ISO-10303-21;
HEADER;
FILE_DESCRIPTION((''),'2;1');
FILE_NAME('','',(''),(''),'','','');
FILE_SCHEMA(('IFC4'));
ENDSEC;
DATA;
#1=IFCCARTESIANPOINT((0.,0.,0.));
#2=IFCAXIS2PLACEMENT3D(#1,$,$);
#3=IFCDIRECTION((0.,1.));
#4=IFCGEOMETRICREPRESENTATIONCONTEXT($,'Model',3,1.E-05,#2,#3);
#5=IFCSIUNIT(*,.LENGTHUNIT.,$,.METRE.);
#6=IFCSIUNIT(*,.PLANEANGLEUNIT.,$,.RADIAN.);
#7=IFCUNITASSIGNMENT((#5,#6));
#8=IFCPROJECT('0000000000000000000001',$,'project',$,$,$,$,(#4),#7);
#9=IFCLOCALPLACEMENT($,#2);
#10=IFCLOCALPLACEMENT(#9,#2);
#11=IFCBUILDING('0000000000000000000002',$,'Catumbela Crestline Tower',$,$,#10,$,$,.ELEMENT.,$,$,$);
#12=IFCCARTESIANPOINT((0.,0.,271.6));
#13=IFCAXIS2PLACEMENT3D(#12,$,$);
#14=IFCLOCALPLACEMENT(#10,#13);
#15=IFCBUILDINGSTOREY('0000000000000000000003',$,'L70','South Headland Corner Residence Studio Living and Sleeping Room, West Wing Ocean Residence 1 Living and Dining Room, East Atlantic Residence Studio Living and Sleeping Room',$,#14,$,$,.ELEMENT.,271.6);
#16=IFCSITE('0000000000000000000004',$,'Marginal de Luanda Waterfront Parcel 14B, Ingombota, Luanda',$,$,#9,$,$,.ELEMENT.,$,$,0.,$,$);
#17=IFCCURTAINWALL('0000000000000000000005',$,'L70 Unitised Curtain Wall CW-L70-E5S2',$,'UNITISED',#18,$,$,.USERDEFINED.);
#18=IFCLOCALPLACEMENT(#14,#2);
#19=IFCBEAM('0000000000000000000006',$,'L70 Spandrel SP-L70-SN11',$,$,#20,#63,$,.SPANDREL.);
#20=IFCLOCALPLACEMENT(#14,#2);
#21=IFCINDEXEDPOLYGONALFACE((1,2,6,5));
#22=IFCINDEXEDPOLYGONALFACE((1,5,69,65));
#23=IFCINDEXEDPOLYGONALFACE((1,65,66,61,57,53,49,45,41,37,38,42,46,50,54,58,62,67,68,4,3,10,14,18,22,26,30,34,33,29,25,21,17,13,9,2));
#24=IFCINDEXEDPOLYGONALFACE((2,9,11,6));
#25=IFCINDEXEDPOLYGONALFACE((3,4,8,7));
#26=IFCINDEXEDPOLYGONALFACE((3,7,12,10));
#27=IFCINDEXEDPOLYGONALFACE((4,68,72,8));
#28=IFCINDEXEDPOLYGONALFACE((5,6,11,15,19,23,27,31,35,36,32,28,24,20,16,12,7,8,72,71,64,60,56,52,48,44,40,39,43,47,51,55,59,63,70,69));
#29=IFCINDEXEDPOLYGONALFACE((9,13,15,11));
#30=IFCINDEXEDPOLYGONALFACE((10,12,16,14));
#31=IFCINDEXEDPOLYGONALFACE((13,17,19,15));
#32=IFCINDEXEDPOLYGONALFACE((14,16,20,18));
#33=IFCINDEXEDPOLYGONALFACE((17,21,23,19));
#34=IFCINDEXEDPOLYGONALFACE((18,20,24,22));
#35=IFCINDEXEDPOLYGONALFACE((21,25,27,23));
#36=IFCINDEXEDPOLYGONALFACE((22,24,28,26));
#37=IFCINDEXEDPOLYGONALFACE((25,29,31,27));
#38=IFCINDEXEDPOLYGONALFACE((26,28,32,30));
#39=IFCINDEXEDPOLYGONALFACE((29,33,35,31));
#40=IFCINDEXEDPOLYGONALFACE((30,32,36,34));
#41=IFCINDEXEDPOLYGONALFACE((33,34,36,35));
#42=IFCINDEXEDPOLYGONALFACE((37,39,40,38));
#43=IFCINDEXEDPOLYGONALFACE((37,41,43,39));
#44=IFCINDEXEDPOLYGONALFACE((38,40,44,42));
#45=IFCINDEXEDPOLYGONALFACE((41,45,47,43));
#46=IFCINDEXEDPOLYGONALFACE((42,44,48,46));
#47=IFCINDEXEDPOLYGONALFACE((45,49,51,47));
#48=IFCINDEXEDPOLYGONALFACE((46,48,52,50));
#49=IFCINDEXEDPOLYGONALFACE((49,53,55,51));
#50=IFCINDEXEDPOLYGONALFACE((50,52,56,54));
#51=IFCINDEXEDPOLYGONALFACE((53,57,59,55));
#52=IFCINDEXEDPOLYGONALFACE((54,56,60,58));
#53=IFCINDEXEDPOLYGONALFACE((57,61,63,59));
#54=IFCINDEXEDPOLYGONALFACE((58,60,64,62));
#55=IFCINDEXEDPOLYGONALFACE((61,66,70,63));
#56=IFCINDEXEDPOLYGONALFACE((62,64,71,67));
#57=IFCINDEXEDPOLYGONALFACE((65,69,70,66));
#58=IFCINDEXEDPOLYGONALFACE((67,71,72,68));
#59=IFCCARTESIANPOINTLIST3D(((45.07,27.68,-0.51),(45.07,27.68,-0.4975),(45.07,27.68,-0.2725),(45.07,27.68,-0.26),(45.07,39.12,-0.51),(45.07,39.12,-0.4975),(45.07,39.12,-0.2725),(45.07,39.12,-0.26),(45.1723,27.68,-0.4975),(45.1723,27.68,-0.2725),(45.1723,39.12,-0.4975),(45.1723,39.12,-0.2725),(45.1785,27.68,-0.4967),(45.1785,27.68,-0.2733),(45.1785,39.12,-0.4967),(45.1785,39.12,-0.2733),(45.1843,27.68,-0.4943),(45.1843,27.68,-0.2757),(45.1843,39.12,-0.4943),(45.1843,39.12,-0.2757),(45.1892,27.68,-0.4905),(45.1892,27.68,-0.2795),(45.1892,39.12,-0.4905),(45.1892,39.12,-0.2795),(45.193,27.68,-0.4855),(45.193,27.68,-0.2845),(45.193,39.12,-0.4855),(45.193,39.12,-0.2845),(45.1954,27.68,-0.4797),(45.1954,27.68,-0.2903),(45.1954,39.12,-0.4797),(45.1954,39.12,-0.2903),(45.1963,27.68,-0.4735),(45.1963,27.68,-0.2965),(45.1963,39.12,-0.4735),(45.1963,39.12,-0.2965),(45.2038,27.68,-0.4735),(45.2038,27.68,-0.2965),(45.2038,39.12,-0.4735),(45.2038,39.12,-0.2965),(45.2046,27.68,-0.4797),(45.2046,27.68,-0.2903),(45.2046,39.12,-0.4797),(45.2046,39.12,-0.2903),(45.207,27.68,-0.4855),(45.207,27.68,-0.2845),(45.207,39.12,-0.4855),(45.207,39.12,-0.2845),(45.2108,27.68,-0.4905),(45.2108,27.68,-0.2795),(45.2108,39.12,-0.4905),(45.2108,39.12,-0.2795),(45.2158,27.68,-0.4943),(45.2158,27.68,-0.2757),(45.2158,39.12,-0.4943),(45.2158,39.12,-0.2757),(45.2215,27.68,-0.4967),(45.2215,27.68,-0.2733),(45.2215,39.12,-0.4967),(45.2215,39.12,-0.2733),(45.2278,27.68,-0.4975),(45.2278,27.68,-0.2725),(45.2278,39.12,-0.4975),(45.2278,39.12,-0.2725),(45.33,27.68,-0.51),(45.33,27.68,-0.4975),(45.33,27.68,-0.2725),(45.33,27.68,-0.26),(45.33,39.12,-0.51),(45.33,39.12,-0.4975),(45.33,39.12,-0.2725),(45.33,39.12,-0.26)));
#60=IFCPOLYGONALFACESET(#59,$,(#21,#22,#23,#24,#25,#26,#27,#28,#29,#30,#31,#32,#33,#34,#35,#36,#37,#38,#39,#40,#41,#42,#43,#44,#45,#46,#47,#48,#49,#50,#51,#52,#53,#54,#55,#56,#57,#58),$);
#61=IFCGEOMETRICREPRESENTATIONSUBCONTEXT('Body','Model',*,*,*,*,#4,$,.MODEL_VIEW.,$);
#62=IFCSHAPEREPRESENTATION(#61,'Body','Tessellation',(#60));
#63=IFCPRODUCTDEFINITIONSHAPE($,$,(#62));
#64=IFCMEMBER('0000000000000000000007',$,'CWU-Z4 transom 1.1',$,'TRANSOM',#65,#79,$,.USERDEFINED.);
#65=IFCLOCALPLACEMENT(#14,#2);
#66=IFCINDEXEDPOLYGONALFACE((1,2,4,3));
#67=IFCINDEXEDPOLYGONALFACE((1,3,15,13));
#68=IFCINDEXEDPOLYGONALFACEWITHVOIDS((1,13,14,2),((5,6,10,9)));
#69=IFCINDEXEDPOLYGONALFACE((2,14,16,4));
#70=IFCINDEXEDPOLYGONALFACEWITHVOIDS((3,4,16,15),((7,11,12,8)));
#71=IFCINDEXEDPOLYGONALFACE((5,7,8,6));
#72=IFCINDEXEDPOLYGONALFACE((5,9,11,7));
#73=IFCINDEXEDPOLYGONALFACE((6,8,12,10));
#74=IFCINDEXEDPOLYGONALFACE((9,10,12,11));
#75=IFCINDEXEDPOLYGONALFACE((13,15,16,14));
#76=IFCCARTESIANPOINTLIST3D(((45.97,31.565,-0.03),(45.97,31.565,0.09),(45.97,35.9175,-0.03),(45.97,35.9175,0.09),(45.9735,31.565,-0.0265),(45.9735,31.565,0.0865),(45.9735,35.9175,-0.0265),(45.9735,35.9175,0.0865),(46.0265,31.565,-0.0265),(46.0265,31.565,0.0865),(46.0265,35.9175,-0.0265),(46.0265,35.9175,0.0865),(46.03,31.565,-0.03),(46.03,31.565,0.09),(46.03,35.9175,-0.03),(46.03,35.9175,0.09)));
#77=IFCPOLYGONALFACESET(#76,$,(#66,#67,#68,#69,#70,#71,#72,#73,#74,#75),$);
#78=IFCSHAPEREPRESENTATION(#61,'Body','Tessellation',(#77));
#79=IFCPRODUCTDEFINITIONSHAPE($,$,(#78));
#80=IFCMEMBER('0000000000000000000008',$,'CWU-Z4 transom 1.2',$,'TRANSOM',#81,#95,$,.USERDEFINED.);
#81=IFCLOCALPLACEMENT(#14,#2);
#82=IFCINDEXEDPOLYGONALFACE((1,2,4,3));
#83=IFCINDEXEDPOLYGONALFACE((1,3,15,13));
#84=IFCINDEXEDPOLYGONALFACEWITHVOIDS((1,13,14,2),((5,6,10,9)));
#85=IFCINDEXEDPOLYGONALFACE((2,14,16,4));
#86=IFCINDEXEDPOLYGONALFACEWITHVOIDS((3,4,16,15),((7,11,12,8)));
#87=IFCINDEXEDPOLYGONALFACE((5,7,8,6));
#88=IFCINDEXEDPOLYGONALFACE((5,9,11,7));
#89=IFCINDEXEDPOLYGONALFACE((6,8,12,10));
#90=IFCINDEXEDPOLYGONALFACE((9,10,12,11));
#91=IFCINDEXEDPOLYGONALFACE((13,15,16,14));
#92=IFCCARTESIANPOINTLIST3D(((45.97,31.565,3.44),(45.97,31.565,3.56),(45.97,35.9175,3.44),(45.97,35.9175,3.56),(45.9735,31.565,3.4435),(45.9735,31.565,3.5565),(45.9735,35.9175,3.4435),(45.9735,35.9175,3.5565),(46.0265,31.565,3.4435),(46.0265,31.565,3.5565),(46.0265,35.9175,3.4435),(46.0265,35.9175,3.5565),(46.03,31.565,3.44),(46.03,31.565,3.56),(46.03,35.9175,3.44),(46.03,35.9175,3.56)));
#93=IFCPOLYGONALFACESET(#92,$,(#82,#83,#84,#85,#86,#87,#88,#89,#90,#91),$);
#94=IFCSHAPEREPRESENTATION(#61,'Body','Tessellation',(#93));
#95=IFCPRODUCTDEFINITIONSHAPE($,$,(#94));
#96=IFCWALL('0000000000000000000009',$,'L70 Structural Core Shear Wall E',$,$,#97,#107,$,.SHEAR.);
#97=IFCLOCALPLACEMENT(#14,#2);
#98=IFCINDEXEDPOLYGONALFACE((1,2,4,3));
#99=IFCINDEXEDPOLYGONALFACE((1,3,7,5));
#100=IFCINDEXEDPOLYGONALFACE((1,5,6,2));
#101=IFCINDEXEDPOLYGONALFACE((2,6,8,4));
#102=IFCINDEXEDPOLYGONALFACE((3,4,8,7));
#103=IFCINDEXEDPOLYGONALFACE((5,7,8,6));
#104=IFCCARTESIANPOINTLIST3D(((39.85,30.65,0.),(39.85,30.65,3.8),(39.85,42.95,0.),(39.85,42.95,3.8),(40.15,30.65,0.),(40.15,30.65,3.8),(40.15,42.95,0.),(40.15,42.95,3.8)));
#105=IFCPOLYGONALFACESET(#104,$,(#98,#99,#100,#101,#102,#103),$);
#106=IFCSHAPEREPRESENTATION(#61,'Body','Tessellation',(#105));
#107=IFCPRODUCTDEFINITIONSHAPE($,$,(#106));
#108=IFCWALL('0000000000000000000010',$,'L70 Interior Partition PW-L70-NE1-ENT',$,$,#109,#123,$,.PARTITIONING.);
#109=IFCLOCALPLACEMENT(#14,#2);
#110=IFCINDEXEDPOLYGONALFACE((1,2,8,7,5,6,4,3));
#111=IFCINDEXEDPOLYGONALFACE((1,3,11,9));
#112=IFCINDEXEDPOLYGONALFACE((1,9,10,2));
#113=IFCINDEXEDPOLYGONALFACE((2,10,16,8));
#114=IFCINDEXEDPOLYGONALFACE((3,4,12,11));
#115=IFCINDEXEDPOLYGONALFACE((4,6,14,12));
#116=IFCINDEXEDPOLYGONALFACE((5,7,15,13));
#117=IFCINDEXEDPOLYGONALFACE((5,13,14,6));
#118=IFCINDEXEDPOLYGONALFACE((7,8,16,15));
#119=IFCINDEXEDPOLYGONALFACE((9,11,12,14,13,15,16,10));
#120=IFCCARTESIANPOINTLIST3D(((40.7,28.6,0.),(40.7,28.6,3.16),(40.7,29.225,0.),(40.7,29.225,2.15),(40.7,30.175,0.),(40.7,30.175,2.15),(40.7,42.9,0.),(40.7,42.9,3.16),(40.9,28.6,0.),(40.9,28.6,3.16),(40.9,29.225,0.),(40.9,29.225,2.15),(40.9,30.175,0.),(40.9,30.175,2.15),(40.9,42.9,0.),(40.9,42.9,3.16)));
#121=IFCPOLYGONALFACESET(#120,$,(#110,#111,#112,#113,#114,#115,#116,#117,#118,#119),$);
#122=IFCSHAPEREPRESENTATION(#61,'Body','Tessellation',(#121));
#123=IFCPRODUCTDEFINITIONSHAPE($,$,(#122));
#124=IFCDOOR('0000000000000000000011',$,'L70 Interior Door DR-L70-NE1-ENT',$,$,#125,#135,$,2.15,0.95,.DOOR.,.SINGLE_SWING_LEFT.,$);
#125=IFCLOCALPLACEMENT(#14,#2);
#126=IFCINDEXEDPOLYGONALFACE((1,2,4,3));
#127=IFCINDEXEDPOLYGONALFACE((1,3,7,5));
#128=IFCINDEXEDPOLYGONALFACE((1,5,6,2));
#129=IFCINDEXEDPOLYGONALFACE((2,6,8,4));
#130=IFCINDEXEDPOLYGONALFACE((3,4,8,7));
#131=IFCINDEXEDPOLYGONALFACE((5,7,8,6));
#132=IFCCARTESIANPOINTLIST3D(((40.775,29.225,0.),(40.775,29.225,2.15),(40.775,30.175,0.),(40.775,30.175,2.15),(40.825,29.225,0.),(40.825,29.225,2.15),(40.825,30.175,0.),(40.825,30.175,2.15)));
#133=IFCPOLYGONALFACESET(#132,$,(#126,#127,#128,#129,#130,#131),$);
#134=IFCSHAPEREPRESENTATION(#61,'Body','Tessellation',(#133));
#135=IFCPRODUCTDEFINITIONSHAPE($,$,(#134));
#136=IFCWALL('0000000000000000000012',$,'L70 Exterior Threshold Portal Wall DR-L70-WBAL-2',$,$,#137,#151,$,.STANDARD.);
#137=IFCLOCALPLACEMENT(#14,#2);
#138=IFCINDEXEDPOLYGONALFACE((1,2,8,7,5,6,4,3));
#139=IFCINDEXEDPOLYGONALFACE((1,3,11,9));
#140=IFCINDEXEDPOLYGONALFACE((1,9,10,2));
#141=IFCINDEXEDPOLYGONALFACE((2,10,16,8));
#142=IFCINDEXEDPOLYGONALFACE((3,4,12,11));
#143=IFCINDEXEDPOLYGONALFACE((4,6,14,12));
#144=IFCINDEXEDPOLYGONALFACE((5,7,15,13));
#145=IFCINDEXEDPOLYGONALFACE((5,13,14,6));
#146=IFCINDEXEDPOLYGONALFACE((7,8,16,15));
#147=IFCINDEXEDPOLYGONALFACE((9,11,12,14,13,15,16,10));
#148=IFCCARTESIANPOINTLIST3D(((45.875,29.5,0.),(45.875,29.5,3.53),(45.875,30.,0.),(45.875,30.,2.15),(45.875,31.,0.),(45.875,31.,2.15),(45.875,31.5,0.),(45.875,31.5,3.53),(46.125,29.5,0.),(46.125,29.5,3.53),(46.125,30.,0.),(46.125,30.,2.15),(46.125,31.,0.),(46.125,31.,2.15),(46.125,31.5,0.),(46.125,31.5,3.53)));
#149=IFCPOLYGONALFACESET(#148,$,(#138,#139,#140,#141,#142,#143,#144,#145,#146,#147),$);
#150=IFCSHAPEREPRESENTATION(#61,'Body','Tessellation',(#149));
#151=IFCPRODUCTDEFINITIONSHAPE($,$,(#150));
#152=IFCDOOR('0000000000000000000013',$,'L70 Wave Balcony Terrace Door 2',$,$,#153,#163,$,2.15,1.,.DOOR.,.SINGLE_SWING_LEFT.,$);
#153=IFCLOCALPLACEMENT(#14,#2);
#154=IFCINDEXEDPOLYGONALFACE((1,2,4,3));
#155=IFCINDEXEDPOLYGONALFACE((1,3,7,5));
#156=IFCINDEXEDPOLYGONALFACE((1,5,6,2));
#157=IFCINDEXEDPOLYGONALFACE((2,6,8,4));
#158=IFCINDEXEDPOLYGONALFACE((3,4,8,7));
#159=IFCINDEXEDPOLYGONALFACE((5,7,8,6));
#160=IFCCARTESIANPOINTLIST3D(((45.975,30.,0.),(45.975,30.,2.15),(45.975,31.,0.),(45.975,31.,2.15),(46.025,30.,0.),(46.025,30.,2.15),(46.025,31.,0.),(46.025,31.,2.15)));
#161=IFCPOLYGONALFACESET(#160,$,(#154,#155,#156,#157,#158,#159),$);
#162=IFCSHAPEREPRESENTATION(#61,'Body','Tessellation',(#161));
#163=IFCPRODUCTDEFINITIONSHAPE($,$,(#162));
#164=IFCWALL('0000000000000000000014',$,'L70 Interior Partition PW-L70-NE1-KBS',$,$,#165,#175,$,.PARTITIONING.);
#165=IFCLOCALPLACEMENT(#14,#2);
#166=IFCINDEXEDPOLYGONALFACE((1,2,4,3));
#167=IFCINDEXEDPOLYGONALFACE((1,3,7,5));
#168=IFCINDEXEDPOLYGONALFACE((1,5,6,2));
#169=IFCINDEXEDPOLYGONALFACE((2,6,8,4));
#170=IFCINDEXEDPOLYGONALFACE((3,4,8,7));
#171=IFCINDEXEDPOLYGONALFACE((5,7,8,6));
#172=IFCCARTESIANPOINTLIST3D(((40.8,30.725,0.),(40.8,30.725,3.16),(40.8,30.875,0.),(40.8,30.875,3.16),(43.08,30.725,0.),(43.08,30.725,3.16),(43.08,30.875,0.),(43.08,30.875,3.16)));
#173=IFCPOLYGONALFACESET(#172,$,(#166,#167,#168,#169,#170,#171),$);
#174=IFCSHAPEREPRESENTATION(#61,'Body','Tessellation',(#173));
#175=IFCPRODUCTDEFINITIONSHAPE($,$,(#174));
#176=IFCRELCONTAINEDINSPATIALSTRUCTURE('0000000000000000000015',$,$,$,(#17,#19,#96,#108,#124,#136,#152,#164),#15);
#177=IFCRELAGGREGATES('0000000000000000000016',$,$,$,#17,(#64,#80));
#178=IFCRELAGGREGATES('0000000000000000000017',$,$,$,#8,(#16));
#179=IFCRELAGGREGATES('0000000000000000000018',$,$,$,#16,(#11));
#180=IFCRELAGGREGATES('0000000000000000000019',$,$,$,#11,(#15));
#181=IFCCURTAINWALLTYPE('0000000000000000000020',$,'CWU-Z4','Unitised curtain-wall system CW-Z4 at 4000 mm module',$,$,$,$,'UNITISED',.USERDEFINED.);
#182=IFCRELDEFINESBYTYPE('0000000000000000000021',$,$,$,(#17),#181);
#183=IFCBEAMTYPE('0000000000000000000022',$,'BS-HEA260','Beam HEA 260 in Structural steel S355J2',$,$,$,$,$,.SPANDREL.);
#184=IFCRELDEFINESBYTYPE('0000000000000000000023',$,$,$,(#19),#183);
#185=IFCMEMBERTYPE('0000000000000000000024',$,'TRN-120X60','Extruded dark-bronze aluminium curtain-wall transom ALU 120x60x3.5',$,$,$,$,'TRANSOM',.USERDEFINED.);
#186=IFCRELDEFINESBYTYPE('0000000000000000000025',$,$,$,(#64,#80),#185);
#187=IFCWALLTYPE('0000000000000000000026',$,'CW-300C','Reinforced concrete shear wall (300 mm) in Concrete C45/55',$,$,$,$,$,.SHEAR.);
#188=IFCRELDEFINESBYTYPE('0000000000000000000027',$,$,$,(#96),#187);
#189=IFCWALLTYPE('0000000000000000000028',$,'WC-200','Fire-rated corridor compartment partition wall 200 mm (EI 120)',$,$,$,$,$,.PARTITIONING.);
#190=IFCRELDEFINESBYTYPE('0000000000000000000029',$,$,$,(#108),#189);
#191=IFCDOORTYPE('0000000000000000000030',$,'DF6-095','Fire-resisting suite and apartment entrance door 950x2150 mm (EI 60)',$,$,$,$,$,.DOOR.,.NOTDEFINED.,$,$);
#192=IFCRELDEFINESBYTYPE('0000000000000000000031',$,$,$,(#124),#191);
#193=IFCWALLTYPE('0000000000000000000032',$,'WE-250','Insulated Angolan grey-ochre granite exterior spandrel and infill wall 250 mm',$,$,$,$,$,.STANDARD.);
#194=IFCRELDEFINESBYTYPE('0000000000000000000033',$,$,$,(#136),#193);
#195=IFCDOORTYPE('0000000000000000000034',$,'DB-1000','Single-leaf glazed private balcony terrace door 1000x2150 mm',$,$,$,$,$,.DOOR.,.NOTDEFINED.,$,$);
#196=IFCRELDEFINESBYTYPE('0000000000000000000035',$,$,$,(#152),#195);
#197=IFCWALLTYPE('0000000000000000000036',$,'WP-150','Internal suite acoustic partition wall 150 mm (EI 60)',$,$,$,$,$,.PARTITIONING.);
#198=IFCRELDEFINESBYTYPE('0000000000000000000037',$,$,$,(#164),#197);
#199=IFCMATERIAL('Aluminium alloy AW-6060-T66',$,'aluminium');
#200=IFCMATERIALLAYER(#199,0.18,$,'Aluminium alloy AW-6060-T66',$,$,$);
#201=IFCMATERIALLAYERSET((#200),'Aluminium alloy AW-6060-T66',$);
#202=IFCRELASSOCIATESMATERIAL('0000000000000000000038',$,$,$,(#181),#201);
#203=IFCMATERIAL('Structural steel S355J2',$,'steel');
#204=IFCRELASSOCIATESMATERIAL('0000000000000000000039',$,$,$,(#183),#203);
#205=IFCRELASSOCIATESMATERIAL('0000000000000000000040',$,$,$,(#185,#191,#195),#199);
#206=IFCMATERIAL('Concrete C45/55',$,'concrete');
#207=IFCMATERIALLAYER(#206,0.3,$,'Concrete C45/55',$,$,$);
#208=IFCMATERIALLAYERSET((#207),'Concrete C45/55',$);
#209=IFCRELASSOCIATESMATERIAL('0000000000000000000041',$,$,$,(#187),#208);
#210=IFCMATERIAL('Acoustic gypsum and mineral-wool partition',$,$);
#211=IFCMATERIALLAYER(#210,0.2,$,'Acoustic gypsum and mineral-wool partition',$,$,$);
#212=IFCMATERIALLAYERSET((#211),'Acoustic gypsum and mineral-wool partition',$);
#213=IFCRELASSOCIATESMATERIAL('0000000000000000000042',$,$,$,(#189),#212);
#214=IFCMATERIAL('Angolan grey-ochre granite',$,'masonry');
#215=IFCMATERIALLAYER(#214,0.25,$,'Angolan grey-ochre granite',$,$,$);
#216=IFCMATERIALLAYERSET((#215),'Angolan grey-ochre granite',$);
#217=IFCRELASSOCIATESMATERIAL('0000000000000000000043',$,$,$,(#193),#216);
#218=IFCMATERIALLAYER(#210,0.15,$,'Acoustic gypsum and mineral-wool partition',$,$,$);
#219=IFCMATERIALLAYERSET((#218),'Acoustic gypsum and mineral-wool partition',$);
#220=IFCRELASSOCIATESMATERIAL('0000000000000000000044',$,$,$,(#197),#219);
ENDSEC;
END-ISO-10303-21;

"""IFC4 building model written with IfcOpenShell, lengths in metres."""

from ifc_helpers import new_model, si_unit, direction, frame, frame_2d, origin, origin_2d, place, context, subcontext, project, spatial, rectangle, hollow_rectangle, i_section, extrude, material, layer, layer_set, material_profile, profile_set, type_object, element, fill, aggregate, save


model = new_model("IFC4")

# Units and contexts
model_context = context("Model", 3, precision=1e-05, world=origin(), true_north=direction((0.0, 1.0)))
body_context = subcontext(model_context, "Body", "Model", "MODEL_VIEW")
ifc_project = project(units=[si_unit("LENGTHUNIT", "METRE"), si_unit("PLANEANGLEUNIT", "RADIAN")], contexts=[model_context])

# Site, building, storey
site_placement = place(None, origin())
site = spatial("IfcSite", under=ifc_project, at=site_placement, Name="Marginal de Luanda Waterfront Parcel 14B, Ingombota, Luanda", CompositionType="ELEMENT", RefElevation=0.0)
building_placement = place(site_placement, origin())
building = spatial("IfcBuilding", under=site, at=building_placement, Name="Catumbela Crestline Tower", CompositionType="ELEMENT")
storey_placement = place(building_placement, frame((0.0, 0.0, 271.6)))
storey = spatial("IfcBuildingStorey", under=building, at=storey_placement, Name="L70", Description="South Headland Corner Residence Studio Living and Sleeping Room, West Wing Ocean Residence 1 Living and Dining Room, East Atlantic Residence Studio Living and Sleeping Room", CompositionType="ELEMENT", Elevation=271.6)

# Shared definitions
ifc_material_1 = material(Name="Concrete C45/55", Category="concrete")
ifc_material_2 = material(Name="Structural steel S355J2", Category="steel")

# Curtain wall
ifc_material_3 = material(Name="Aluminium alloy AW-6060-T66", Category="aluminium")
ifc_layer_1 = layer(ifc_material_3, 0.18, Name="Aluminium alloy AW-6060-T66")
ifc_layer_set_1 = layer_set([ifc_layer_1], Name="Aluminium alloy AW-6060-T66")
curtain_wall_type = type_object("IfcCurtainWallType", Name="CWU-Z4", Description="Unitised curtain-wall system CW-Z4 at 4000 mm module", ElementType="UNITISED", PredefinedType="USERDEFINED", material=ifc_layer_set_1)
curtain_wall_placement = place(storey_placement, origin())
curtain_wall = element("IfcCurtainWall", 1, at=curtain_wall_placement, inside=storey, type_object=curtain_wall_type, Name="L70 Unitised Curtain Wall CW-L70-E5S2", ObjectType="UNITISED", PredefinedType="USERDEFINED")

# Beam
ifc_material_profile_1 = material_profile(ifc_material_2, i_section(OverallWidth=0.26, OverallDepth=0.25, WebThickness=0.0075, FlangeThickness=0.0125, FilletRadius=0.024, at=origin_2d()), Name="HEA 260")
ifc_profile_set_1 = profile_set([ifc_material_profile_1], Name="Structural steel S355J2")
beam_type_1 = type_object("IfcBeamType", Name="BS-HEA260", Description="Beam HEA 260 in Structural steel S355J2", PredefinedType="SPANDREL", material=ifc_profile_set_1)
beam_1_placement = place(storey_placement, frame((45.2, 27.68, -0.385), z_axis=(0.0, 1.0, 0.0), x_axis=(-1.0, 0.0, 0.0)))
element("IfcBeam", 2, at=beam_1_placement, inside=storey, type_object=beam_type_1, Name="L70 Spandrel SP-L70-SN11", PredefinedType="SPANDREL", context=body_context, shape_type="SweptSolid", body=[
    extrude(i_section(OverallWidth=0.26, OverallDepth=0.25, WebThickness=0.0075, FlangeThickness=0.0125, FilletRadius=0.024, at=origin_2d()), origin(), (0.0, 0.0, 1.0), 11.44),
])

# Members
ifc_material_profile_2 = material_profile(ifc_material_3, hollow_rectangle(XDim=0.06, YDim=0.12, WallThickness=0.0035, at=origin_2d()), Name="ALU 120x60x3.5")
ifc_profile_set_2 = profile_set([ifc_material_profile_2], Name="Aluminium alloy AW-6060-T66")
member_type_1 = type_object("IfcMemberType", Name="TRN-120X60", Description="Extruded dark-bronze aluminium curtain-wall transom ALU 120x60x3.5", ElementType="TRANSOM", PredefinedType="USERDEFINED", material=ifc_profile_set_2)
member_1_placement = place(storey_placement, frame((46.0, 31.565, 0.03), z_axis=(0.0, 1.0, 0.0), x_axis=(-1.0, 0.0, 0.0)))
member_1 = element("IfcMember", 3, at=member_1_placement, type_object=member_type_1, Name="CWU-Z4 transom 1.1", ObjectType="TRANSOM", PredefinedType="USERDEFINED", context=body_context, shape_type="SweptSolid", body=[
    extrude(hollow_rectangle(XDim=0.06, YDim=0.12, WallThickness=0.0035, at=origin_2d()), origin(), (0.0, 0.0, 1.0), 4.3525),
])
member_2_placement = place(storey_placement, frame((46.0, 31.565, 3.5), z_axis=(0.0, 1.0, 0.0), x_axis=(-1.0, 0.0, 0.0)))
member_2 = element("IfcMember", 4, at=member_2_placement, type_object=member_type_1, Name="CWU-Z4 transom 1.2", ObjectType="TRANSOM", PredefinedType="USERDEFINED", context=body_context, shape_type="SweptSolid", body=[
    extrude(hollow_rectangle(XDim=0.06, YDim=0.12, WallThickness=0.0035, at=origin_2d()), origin(), (0.0, 0.0, 1.0), 4.3525),
])
aggregate(curtain_wall, [member_1, member_2])

# Wall
ifc_layer_2 = layer(ifc_material_1, 0.3, Name="Concrete C45/55")
ifc_layer_set_2 = layer_set([ifc_layer_2], Name="Concrete C45/55")
wall_type_1 = type_object("IfcWallType", Name="CW-300C", Description="Reinforced concrete shear wall (300 mm) in Concrete C45/55", PredefinedType="SHEAR", material=ifc_layer_set_2)
wall_1_placement = place(storey_placement, frame((40.0, 30.65, 0.0), z_axis=(0.0, 0.0, 1.0), x_axis=(0.0, 1.0, 0.0)))
element("IfcWall", 5, at=wall_1_placement, inside=storey, type_object=wall_type_1, Name="L70 Structural Core Shear Wall E", PredefinedType="SHEAR", context=body_context, shape_type="SweptSolid", body=[
    extrude(rectangle(XDim=12.3, YDim=0.3, at=frame_2d((6.15, 0.0))), origin(), (0.0, 0.0, 1.0), 3.8),
])

# Walls, openings, doors
ifc_material_4 = material(Name="Acoustic gypsum and mineral-wool partition")
ifc_layer_3 = layer(ifc_material_4, 0.2, Name="Acoustic gypsum and mineral-wool partition")
ifc_layer_set_3 = layer_set([ifc_layer_3], Name="Acoustic gypsum and mineral-wool partition")
wall_type_2 = type_object("IfcWallType", Name="WC-200", Description="Fire-rated corridor compartment partition wall 200 mm (EI 120)", PredefinedType="PARTITIONING", material=ifc_layer_set_3)
wall_2_placement = place(storey_placement, frame((40.8, 28.6, 0.0), z_axis=(0.0, 0.0, 1.0), x_axis=(0.0, 1.0, 0.0)))
wall_2 = element("IfcWall", 6, at=wall_2_placement, inside=storey, type_object=wall_type_2, Name="L70 Interior Partition PW-L70-NE1-ENT", PredefinedType="PARTITIONING", context=body_context, shape_type="SweptSolid", body=[
    extrude(rectangle(XDim=14.3, YDim=0.2, at=frame_2d((7.15, 0.0))), origin(), (0.0, 0.0, 1.0), 3.16),
])
opening_1_placement = place(wall_2_placement, frame((0.625, 0.0, 0.0)))
opening_1 = element("IfcOpeningElement", 7, at=opening_1_placement, cuts=wall_2, PredefinedType="OPENING", context=body_context, shape_type="SweptSolid", body=[
    extrude(rectangle(XDim=0.95, YDim=2.15, at=frame_2d((0.475, 1.075))), frame((0.0, 0.11, 0.0), z_axis=(0.0, -1.0, 0.0), x_axis=(1.0, 0.0, 0.0)), (0.0, 0.0, 1.0), 0.22),
])
door_type_1 = type_object("IfcDoorType", Name="DF6-095", Description="Fire-resisting suite and apartment entrance door 950x2150 mm (EI 60)", OperationType="NOTDEFINED", PredefinedType="DOOR", material=ifc_material_3)
door_1_placement = place(opening_1_placement, origin())
door_1 = element("IfcDoor", 8, at=door_1_placement, inside=storey, type_object=door_type_1, Name="L70 Interior Door DR-L70-NE1-ENT", OperationType="SINGLE_SWING_LEFT", OverallHeight=2.15, OverallWidth=0.95, PredefinedType="DOOR", context=body_context, shape_type="SweptSolid", body=[
    extrude(rectangle(XDim=0.95, YDim=2.15, at=frame_2d((0.475, 1.075))), frame((0.0, 0.025, 0.0), z_axis=(0.0, -1.0, 0.0), x_axis=(1.0, 0.0, 0.0)), (0.0, 0.0, 1.0), 0.05),
])
fill(opening_1, door_1)
ifc_material_5 = material(Name="Angolan grey-ochre granite", Category="masonry")
ifc_layer_4 = layer(ifc_material_5, 0.25, Name="Angolan grey-ochre granite")
ifc_layer_set_4 = layer_set([ifc_layer_4], Name="Angolan grey-ochre granite")
wall_type_3 = type_object("IfcWallType", Name="WE-250", Description="Insulated Angolan grey-ochre granite exterior spandrel and infill wall 250 mm", PredefinedType="STANDARD", material=ifc_layer_set_4)
wall_3_placement = place(storey_placement, frame((46.0, 29.5, 0.0), z_axis=(0.0, 0.0, 1.0), x_axis=(0.0, 1.0, 0.0)))
wall_3 = element("IfcWall", 9, at=wall_3_placement, inside=storey, type_object=wall_type_3, Name="L70 Exterior Threshold Portal Wall DR-L70-WBAL-2", PredefinedType="STANDARD", context=body_context, shape_type="SweptSolid", body=[
    extrude(rectangle(XDim=2.0, YDim=0.25, at=frame_2d((1.0, 0.0))), origin(), (0.0, 0.0, 1.0), 3.53),
])
opening_2_placement = place(wall_3_placement, frame((0.5, 0.0, 0.0)))
opening_2 = element("IfcOpeningElement", 10, at=opening_2_placement, cuts=wall_3, PredefinedType="OPENING", context=body_context, shape_type="SweptSolid", body=[
    extrude(rectangle(XDim=1.0, YDim=2.15, at=frame_2d((0.5, 1.075))), frame((0.0, 0.135, 0.0), z_axis=(0.0, -1.0, 0.0), x_axis=(1.0, 0.0, 0.0)), (0.0, 0.0, 1.0), 0.27),
])
door_type_2 = type_object("IfcDoorType", Name="DB-1000", Description="Single-leaf glazed private balcony terrace door 1000x2150 mm", OperationType="NOTDEFINED", PredefinedType="DOOR", material=ifc_material_3)
door_2_placement = place(opening_2_placement, origin())
door_2 = element("IfcDoor", 11, at=door_2_placement, inside=storey, type_object=door_type_2, Name="L70 Wave Balcony Terrace Door 2", OperationType="SINGLE_SWING_LEFT", OverallHeight=2.15, OverallWidth=1.0, PredefinedType="DOOR", context=body_context, shape_type="SweptSolid", body=[
    extrude(rectangle(XDim=1.0, YDim=2.15, at=frame_2d((0.5, 1.075))), frame((0.0, 0.025, 0.0), z_axis=(0.0, -1.0, 0.0), x_axis=(1.0, 0.0, 0.0)), (0.0, 0.0, 1.0), 0.05),
])
fill(opening_2, door_2)

# Wall
ifc_layer_5 = layer(ifc_material_4, 0.15, Name="Acoustic gypsum and mineral-wool partition")
ifc_layer_set_5 = layer_set([ifc_layer_5], Name="Acoustic gypsum and mineral-wool partition")
wall_type_4 = type_object("IfcWallType", Name="WP-150", Description="Internal suite acoustic partition wall 150 mm (EI 60)", PredefinedType="PARTITIONING", material=ifc_layer_set_5)
wall_4_placement = place(storey_placement, frame((40.8, 30.8, 0.0), z_axis=(0.0, 0.0, 1.0), x_axis=(1.0, 0.0, 0.0)))
element("IfcWall", 12, at=wall_4_placement, inside=storey, type_object=wall_type_4, Name="L70 Interior Partition PW-L70-NE1-KBS", PredefinedType="PARTITIONING", context=body_context, shape_type="SweptSolid", body=[
    extrude(rectangle(XDim=2.28, YDim=0.15, at=frame_2d((1.14, 0.0))), origin(), (0.0, 0.0, 1.0), 3.16),
])

save(model, "model.ifc")
